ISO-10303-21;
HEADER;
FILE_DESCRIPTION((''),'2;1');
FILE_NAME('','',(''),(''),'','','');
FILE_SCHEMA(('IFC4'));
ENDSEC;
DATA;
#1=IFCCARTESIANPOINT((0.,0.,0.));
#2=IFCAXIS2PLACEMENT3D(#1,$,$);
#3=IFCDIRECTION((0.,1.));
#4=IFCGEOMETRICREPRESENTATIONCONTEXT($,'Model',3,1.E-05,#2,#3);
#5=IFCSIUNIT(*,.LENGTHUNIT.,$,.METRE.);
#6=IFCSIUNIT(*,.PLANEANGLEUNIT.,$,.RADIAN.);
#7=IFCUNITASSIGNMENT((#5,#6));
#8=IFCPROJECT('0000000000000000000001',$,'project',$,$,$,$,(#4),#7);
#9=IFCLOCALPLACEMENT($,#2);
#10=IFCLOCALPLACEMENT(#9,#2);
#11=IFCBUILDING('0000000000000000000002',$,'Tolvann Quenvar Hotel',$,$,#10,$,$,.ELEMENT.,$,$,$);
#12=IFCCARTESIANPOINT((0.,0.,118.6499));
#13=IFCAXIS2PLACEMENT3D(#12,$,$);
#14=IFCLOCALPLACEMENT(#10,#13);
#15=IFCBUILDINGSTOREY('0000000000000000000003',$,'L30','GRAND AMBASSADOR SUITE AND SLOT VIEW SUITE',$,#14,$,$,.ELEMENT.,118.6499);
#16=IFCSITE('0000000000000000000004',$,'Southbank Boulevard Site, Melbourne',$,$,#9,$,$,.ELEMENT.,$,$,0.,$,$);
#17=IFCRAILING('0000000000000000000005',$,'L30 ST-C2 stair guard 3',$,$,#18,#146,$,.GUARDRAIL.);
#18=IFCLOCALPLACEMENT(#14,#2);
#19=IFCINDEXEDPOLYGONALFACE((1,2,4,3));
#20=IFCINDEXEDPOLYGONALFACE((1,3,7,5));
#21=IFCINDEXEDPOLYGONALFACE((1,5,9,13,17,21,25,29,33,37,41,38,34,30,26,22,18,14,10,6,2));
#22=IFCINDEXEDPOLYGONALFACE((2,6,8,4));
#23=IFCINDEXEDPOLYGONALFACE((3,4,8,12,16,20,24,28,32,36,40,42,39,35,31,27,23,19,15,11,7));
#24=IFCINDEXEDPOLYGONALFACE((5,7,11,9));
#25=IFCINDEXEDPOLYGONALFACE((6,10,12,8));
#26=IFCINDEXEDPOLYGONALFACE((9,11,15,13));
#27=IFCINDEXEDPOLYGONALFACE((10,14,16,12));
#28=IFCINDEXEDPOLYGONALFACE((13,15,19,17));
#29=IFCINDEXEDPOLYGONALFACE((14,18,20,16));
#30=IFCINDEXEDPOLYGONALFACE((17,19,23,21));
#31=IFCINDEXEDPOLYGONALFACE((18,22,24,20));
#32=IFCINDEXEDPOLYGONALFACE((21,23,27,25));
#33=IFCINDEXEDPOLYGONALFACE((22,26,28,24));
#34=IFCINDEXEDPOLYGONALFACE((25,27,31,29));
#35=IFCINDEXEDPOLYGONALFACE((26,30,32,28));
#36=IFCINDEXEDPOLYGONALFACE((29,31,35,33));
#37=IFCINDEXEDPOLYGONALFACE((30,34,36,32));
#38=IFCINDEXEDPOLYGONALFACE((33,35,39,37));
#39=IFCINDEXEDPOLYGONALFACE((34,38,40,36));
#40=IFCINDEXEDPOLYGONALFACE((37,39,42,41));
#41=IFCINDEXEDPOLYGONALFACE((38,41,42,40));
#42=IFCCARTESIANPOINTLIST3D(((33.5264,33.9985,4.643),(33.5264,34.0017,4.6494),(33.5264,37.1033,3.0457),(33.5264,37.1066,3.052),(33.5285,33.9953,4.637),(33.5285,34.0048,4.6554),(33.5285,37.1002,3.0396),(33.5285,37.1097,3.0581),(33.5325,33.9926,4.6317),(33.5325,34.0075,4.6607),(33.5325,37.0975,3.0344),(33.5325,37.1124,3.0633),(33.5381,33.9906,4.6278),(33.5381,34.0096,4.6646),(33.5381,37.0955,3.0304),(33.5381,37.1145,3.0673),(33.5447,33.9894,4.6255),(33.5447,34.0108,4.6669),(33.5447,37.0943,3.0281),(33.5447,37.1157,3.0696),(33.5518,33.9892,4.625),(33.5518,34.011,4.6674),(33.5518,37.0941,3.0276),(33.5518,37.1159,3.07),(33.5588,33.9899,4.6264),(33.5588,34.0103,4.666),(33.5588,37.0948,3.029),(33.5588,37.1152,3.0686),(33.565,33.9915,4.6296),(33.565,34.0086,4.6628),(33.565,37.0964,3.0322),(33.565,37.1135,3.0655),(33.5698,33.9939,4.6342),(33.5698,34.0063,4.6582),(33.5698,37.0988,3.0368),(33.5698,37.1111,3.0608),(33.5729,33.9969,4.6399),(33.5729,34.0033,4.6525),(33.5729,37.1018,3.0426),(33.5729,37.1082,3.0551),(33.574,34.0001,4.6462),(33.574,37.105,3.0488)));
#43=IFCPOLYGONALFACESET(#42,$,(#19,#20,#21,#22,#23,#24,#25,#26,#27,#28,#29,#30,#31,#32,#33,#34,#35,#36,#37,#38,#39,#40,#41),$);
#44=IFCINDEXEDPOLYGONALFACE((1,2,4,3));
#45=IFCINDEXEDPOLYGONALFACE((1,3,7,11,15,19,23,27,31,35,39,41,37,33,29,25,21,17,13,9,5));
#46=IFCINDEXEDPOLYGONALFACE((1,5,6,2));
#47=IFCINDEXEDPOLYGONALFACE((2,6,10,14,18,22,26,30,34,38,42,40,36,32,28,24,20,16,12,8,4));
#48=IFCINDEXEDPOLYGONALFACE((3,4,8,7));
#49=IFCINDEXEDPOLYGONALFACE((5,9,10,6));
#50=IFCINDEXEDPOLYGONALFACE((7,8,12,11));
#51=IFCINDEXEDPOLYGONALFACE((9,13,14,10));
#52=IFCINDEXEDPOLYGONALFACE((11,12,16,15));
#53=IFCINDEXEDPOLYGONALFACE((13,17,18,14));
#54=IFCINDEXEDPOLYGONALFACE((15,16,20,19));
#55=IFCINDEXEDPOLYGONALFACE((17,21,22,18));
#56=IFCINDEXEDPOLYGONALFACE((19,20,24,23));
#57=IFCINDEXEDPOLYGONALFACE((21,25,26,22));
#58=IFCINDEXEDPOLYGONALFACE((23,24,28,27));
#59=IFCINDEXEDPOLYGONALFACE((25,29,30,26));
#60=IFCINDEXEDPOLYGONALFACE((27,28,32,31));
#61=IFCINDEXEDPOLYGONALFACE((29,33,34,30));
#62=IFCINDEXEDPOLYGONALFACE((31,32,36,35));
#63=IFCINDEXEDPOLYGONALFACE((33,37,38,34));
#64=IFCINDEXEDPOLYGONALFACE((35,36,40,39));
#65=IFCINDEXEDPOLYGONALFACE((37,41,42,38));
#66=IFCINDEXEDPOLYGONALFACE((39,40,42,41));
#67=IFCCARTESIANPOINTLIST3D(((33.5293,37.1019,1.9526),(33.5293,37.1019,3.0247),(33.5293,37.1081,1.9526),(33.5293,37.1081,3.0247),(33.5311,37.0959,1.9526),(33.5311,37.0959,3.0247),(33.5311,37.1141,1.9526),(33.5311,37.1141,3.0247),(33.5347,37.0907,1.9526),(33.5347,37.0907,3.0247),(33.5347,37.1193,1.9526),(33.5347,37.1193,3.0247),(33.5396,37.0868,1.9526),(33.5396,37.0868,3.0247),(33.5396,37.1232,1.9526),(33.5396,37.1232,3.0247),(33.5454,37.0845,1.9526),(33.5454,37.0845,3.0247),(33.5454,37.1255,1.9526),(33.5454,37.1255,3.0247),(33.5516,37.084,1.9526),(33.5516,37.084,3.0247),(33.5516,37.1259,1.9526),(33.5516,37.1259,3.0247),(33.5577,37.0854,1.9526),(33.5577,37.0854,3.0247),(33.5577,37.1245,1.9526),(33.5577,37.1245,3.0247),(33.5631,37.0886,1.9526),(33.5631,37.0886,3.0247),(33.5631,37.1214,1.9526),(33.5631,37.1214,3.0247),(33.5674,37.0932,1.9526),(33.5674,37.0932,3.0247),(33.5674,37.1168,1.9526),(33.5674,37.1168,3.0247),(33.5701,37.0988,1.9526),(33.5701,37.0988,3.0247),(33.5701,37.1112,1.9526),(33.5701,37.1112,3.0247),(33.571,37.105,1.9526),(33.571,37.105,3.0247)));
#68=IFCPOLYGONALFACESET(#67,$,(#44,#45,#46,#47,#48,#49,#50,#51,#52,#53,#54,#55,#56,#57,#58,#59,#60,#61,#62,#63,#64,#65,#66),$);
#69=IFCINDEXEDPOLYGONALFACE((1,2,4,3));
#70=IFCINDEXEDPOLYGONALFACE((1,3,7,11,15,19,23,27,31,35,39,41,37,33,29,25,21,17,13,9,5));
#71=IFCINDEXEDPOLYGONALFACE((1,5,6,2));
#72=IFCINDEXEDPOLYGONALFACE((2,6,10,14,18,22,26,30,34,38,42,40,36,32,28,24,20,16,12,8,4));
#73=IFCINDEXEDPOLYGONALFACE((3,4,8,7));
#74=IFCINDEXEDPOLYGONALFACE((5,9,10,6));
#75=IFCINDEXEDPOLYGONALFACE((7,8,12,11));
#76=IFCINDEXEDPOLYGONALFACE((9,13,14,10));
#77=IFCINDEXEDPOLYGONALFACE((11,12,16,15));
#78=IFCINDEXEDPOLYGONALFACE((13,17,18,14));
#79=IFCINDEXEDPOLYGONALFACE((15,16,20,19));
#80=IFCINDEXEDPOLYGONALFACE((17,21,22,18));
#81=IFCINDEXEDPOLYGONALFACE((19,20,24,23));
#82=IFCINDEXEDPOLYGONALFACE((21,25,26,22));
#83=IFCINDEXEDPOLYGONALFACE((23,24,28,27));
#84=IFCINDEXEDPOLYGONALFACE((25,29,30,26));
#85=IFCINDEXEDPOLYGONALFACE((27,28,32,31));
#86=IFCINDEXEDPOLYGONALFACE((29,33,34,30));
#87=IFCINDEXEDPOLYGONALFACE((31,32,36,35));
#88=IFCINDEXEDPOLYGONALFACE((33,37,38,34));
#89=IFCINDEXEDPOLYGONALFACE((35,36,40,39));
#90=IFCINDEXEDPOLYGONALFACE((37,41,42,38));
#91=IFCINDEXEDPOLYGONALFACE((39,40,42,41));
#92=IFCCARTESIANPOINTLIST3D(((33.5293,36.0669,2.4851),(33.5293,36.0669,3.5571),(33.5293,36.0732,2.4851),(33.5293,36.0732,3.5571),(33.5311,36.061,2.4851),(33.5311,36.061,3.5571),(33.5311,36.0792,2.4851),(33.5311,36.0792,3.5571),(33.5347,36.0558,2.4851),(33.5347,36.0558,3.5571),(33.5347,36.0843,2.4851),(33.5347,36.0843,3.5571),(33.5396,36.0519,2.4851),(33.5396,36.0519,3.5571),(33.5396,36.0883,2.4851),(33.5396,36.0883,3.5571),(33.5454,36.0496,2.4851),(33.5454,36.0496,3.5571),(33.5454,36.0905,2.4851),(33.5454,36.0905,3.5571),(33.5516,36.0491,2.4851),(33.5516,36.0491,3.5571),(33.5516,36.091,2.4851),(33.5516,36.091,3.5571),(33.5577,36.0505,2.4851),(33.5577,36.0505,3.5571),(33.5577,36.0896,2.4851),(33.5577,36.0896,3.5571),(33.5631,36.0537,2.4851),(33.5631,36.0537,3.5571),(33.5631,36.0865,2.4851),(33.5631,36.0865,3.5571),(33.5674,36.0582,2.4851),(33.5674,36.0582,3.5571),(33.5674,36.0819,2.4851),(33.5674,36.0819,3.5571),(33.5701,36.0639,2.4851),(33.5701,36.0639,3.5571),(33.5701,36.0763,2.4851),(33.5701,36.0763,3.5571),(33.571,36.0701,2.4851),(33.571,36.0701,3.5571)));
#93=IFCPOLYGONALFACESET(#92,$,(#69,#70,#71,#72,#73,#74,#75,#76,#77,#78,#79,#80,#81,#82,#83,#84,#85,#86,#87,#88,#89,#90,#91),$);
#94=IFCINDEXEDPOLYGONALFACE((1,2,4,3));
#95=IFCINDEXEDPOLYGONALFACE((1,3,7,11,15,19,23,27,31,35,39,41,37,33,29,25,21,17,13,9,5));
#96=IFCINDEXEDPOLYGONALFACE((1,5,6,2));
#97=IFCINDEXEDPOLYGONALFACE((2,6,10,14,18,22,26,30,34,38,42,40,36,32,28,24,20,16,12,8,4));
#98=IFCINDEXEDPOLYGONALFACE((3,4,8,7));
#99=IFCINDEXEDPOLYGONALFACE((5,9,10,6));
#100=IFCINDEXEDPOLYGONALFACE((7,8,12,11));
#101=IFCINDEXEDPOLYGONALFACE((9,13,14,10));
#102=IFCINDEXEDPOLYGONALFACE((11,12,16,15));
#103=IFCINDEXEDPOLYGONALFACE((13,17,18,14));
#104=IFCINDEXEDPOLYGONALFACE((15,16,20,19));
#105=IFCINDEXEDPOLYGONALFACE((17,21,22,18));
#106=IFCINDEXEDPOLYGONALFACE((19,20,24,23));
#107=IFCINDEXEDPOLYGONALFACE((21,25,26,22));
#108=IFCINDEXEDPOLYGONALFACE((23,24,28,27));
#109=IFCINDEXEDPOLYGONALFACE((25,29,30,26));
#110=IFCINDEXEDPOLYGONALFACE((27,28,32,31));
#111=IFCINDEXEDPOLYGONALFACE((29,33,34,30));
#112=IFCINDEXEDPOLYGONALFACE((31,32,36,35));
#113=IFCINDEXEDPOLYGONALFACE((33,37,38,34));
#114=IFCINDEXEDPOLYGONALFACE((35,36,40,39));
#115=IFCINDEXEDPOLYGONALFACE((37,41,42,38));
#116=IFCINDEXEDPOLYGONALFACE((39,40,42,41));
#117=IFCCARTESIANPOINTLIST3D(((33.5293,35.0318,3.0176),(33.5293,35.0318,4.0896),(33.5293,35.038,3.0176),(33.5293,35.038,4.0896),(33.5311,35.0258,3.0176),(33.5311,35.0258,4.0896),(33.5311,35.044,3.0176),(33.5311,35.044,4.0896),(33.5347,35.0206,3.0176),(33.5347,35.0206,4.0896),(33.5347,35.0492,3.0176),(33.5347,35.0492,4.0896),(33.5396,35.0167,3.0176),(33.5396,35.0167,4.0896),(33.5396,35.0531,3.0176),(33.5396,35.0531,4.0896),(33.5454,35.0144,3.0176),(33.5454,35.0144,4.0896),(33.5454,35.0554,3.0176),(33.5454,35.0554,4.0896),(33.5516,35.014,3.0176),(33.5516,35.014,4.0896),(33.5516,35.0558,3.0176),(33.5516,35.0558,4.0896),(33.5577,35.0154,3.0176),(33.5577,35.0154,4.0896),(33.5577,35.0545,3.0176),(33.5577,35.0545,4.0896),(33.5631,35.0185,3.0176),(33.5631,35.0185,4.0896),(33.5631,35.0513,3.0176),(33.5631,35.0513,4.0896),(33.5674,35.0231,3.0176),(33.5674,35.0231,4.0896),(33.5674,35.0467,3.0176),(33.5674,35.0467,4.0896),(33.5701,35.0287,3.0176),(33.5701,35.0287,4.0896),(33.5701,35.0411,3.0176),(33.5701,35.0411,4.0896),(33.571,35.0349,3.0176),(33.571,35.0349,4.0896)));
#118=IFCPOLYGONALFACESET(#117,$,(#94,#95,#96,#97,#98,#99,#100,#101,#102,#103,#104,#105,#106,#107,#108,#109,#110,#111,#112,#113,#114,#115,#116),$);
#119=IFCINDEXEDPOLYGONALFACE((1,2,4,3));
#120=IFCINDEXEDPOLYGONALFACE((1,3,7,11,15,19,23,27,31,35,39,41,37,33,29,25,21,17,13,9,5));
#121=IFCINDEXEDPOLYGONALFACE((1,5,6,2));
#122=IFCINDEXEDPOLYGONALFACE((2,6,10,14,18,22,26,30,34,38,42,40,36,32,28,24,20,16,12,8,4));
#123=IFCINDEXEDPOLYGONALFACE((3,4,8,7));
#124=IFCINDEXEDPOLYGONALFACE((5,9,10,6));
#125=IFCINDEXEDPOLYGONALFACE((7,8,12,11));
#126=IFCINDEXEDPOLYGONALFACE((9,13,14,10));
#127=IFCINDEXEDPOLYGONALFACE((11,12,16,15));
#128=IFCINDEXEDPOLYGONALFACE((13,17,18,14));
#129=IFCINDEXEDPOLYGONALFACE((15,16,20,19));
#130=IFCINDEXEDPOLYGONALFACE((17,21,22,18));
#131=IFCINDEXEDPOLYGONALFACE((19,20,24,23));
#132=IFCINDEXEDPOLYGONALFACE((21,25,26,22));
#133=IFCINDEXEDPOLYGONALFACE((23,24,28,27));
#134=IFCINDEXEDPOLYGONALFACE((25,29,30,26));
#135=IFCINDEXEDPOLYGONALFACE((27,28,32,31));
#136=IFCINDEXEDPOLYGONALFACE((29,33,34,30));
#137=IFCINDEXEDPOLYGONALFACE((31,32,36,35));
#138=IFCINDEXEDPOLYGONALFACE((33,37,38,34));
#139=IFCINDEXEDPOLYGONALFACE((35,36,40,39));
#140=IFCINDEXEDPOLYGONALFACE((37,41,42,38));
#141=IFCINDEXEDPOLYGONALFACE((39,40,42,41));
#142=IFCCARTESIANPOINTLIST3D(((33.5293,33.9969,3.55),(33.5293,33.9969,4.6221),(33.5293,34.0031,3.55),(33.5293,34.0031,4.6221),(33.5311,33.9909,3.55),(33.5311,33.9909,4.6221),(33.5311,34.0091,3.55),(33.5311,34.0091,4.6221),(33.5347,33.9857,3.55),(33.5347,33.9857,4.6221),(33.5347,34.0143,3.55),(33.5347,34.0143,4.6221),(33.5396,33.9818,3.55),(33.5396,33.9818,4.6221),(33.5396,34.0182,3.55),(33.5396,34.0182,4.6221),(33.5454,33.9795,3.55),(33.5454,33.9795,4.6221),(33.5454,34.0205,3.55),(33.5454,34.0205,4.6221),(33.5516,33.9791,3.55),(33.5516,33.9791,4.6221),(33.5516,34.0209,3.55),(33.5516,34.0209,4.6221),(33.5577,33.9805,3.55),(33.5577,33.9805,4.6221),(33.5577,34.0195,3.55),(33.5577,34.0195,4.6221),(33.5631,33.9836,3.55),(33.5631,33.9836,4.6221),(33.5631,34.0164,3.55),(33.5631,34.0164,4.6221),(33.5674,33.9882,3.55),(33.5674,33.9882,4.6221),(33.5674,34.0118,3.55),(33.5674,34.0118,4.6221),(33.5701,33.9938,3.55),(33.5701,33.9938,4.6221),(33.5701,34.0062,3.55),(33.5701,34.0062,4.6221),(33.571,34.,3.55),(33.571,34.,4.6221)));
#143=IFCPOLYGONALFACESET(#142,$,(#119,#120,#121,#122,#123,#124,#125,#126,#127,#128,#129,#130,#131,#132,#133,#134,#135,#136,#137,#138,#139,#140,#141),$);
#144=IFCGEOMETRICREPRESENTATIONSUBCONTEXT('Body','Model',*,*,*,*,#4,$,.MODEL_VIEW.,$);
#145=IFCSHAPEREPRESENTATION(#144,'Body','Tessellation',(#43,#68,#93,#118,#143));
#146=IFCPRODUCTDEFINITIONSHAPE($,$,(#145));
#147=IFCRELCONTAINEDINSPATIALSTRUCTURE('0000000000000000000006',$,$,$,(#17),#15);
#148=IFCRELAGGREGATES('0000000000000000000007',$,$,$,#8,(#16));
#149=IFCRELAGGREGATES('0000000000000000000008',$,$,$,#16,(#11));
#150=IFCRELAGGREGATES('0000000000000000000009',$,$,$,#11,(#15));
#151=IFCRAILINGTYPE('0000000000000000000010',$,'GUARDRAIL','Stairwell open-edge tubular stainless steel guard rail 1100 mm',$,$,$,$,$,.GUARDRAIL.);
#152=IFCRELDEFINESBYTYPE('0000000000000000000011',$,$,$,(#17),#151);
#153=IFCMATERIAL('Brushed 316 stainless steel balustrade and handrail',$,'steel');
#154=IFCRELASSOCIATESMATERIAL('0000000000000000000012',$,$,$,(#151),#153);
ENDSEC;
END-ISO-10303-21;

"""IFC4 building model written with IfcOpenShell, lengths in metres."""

from ifc_helpers import new_model, si_unit, direction, frame, origin, origin_2d, place, context, subcontext, project, spatial, circle, extrude, material, type_object, element, save


model = new_model("IFC4")

# Units and contexts
model_context = context("Model", 3, precision=1e-05, world=origin(), true_north=direction((0.0, 1.0)))
body_context = subcontext(model_context, "Body", "Model", "MODEL_VIEW")
ifc_project = project(units=[si_unit("LENGTHUNIT", "METRE"), si_unit("PLANEANGLEUNIT", "RADIAN")], contexts=[model_context])

# Site, building, storey
site_placement = place(None, origin())
site = spatial("IfcSite", under=ifc_project, at=site_placement, Name="Southbank Boulevard Site, Melbourne", CompositionType="ELEMENT", RefElevation=0.0)
building_placement = place(site_placement, origin())
building = spatial("IfcBuilding", under=site, at=building_placement, Name="Tolvann Quenvar Hotel", CompositionType="ELEMENT")
storey_placement = place(building_placement, frame((0.0, 0.0, 118.6499)))
storey = spatial("IfcBuildingStorey", under=building, at=storey_placement, Name="L30", Description="GRAND AMBASSADOR SUITE AND SLOT VIEW SUITE", CompositionType="ELEMENT", Elevation=118.6499)

# Railing
ifc_material_1 = material(Name="Brushed 316 stainless steel balustrade and handrail", Category="steel")
railing_type_1 = type_object("IfcRailingType", Name="GUARDRAIL", Description="Stairwell open-edge tubular stainless steel guard rail 1100 mm", PredefinedType="GUARDRAIL", material=ifc_material_1)
railing_1_placement = place(storey_placement, frame((33.55, 37.105, 1.9526)))
element("IfcRailing", 1, at=railing_1_placement, inside=storey, type_object=railing_type_1, Name="L30 ST-C2 stair guard 3", PredefinedType="GUARDRAIL", context=body_context, shape_type="SweptSolid", body=[
    extrude(circle(Radius=0.0239, at=origin_2d()), frame((0.0, 0.0, 1.0962), z_axis=(0.0, -0.889222, 0.457476), x_axis=(1.0, 0.0, 0.0)), (0.0, 0.0, 1.0), 3.4917),
    extrude(circle(Radius=0.021, at=origin_2d()), origin(), (0.0, 0.0, 1.0), 1.072),
    extrude(circle(Radius=0.021, at=origin_2d()), frame((0.0, -1.0349, 0.5325)), (0.0, 0.0, 1.0), 1.072),
    extrude(circle(Radius=0.021, at=origin_2d()), frame((0.0, -2.0701, 1.0649)), (0.0, 0.0, 1.0), 1.072),
    extrude(circle(Radius=0.021, at=origin_2d()), frame((0.0, -3.105, 1.5974)), (0.0, 0.0, 1.0), 1.072),
])

save(model, "model.ifc")
